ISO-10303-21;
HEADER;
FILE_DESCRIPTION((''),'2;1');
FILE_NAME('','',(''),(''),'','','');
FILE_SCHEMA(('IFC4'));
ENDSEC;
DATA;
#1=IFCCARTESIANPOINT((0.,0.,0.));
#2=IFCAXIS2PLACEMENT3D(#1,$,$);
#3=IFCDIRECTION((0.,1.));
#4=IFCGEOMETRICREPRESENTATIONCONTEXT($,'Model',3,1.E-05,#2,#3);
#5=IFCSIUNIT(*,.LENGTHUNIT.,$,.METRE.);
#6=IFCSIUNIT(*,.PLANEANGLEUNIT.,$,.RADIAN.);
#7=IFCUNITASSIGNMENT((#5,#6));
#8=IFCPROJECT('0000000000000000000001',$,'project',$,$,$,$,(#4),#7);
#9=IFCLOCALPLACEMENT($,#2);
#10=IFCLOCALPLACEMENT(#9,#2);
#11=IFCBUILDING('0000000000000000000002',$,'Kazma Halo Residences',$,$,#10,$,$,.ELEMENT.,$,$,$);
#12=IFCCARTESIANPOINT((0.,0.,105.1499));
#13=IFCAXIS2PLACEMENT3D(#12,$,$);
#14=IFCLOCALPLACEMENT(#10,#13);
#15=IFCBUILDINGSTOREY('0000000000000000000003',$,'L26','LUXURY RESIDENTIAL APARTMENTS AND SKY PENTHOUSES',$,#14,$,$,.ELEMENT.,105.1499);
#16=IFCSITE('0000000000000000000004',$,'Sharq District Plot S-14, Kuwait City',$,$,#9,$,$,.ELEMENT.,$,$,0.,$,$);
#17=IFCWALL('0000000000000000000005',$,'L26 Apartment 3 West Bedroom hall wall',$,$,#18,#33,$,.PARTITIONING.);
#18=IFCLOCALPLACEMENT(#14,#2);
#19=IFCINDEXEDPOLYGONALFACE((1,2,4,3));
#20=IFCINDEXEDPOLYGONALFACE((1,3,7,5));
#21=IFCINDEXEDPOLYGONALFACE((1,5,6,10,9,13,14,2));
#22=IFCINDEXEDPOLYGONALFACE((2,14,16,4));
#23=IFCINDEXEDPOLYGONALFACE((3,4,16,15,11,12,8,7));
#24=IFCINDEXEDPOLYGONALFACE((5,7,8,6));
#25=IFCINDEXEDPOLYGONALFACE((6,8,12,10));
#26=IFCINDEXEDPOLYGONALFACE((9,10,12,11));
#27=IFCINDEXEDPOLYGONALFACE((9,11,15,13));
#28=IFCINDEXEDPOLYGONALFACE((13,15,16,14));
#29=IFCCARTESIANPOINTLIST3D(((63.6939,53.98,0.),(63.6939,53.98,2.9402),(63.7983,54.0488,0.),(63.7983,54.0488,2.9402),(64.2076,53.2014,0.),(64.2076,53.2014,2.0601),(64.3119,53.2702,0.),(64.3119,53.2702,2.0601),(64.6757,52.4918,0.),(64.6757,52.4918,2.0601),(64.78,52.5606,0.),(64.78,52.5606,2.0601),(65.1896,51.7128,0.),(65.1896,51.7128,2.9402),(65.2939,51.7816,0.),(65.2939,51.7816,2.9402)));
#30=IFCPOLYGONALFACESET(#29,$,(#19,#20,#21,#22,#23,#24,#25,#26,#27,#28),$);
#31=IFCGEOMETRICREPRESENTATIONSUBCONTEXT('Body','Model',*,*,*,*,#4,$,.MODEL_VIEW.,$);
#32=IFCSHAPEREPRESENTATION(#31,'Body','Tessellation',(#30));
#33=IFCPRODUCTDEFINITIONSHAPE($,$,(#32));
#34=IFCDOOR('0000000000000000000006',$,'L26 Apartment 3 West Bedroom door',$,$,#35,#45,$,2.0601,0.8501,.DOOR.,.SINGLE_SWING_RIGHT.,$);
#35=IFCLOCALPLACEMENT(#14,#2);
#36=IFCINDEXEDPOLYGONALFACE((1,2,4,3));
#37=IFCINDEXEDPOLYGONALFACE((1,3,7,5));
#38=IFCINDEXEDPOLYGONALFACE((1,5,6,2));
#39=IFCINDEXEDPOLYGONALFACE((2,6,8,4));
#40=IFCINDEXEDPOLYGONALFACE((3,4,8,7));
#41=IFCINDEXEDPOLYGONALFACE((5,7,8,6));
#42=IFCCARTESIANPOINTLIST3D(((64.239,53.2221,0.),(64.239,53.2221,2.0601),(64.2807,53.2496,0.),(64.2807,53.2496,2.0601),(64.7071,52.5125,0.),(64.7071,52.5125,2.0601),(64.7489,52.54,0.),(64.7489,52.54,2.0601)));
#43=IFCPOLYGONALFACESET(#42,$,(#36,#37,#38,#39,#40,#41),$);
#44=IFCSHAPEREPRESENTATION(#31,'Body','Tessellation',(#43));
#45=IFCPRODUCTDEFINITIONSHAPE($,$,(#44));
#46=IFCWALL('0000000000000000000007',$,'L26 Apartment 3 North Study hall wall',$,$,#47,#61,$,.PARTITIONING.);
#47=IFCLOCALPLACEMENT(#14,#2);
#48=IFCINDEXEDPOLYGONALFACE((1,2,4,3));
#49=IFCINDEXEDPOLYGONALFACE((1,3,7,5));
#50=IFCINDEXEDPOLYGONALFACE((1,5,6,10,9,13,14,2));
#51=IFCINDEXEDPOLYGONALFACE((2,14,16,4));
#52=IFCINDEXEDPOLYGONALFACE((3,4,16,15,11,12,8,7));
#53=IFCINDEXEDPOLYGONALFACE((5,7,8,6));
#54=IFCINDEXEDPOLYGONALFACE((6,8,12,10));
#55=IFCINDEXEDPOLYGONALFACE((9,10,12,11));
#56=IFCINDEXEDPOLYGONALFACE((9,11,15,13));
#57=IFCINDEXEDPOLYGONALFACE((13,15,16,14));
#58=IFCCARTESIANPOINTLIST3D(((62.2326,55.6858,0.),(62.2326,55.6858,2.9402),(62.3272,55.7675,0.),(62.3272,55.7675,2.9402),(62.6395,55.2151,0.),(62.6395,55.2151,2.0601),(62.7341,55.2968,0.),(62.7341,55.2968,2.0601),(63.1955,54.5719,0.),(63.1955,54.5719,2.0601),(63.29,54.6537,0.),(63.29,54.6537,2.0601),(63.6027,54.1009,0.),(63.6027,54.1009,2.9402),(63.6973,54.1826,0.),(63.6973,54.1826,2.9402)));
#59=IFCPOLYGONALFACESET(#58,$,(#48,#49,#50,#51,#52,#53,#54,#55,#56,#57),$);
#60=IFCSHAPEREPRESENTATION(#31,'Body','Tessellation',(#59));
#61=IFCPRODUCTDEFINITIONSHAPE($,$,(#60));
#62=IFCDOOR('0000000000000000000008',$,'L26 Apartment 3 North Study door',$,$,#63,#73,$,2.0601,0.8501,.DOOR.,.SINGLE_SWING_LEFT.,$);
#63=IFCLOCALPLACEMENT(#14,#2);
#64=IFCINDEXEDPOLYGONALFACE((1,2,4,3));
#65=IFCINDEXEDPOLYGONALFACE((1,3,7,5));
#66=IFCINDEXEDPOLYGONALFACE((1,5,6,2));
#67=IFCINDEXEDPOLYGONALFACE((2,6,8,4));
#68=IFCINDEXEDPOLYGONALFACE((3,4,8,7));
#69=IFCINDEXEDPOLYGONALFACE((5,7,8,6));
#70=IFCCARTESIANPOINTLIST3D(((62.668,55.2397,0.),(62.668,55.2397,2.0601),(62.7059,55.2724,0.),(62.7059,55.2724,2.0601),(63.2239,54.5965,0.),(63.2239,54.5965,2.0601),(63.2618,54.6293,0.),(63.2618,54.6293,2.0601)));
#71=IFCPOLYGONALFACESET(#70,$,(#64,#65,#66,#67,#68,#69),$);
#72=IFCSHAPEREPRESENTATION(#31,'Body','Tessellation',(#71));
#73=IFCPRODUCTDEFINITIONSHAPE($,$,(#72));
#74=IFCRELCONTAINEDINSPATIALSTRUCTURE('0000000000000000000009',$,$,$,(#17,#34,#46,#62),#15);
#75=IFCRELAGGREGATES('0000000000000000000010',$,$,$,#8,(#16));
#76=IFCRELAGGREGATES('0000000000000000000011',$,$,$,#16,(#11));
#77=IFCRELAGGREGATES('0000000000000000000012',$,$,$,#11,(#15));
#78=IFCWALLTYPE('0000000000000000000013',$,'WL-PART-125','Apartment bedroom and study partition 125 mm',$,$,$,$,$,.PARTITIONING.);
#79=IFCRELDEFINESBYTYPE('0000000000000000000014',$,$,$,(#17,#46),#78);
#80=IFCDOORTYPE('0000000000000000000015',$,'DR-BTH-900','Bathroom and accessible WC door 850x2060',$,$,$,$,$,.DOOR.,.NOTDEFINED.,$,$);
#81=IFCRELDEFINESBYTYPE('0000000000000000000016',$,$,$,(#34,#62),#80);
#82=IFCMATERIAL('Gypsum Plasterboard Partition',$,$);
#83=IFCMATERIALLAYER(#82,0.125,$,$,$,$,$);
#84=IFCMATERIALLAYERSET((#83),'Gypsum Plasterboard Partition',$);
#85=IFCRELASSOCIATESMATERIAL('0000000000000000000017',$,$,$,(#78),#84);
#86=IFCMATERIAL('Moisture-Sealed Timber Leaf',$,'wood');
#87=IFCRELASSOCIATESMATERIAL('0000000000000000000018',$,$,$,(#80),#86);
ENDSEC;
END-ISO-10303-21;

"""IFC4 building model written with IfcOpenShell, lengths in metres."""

from ifc_helpers import new_model, si_unit, direction, frame, frame_2d, origin, place, context, subcontext, project, spatial, rectangle, extrude, material, layer, layer_set, type_object, element, fill, save


model = new_model("IFC4")

# Units and contexts
model_context = context("Model", 3, precision=1e-05, world=origin(), true_north=direction((0.0, 1.0)))
body_context = subcontext(model_context, "Body", "Model", "MODEL_VIEW")
ifc_project = project(units=[si_unit("LENGTHUNIT", "METRE"), si_unit("PLANEANGLEUNIT", "RADIAN")], contexts=[model_context])

# Site, building, storey
site_placement = place(None, origin())
site = spatial("IfcSite", under=ifc_project, at=site_placement, Name="Sharq District Plot S-14, Kuwait City", CompositionType="ELEMENT", RefElevation=0.0)
building_placement = place(site_placement, origin())
building = spatial("IfcBuilding", under=site, at=building_placement, Name="Kazma Halo Residences", CompositionType="ELEMENT")
storey_placement = place(building_placement, frame((0.0, 0.0, 105.1499)))
storey = spatial("IfcBuildingStorey", under=building, at=storey_placement, Name="L26", Description="LUXURY RESIDENTIAL APARTMENTS AND SKY PENTHOUSES", CompositionType="ELEMENT", Elevation=105.1499)

# Shared definitions
ifc_material_1 = material(Name="Gypsum Plasterboard Partition")
ifc_layer_1 = layer(ifc_material_1, 0.125)
ifc_layer_set_1 = layer_set([ifc_layer_1], Name="Gypsum Plasterboard Partition")
wall_type_1 = type_object("IfcWallType", Name="WL-PART-125", Description="Apartment bedroom and study partition 125 mm", PredefinedType="PARTITIONING", material=ifc_layer_set_1)

# Shared definitions
ifc_material_2 = material(Name="Moisture-Sealed Timber Leaf", Category="wood")
door_type = type_object("IfcDoorType", Name="DR-BTH-900", Description="Bathroom and accessible WC door 850x2060", OperationType="NOTDEFINED", PredefinedType="DOOR", material=ifc_material_2)

# Walls, openings, doors
wall_1_placement = place(storey_placement, frame((65.2417, 51.7473, 0.0), z_axis=(0.0, 0.0, 1.0), x_axis=(-0.550669, 0.834723, 0.0)))
wall_1 = element("IfcWall", 1, at=wall_1_placement, inside=storey, type_object=wall_type_1, Name="L26 Apartment 3 West Bedroom hall wall", PredefinedType="PARTITIONING", context=body_context, shape_type="SweptSolid", body=[
    extrude(rectangle(XDim=2.7161, YDim=0.125, at=frame_2d((1.3579, 0.0))), origin(), (0.0, 0.0, 1.0), 2.9402),
])
opening_1_placement = place(wall_1_placement, frame((0.9331, 0.0, 0.0)))
opening_1 = element("IfcOpeningElement", 2, at=opening_1_placement, cuts=wall_1, PredefinedType="OPENING", context=body_context, shape_type="SweptSolid", body=[
    extrude(rectangle(XDim=0.8501, YDim=2.0601, at=frame_2d((0.425, 1.03))), frame((0.0, 0.0725, 0.0), z_axis=(0.0, -1.0, 0.0), x_axis=(1.0, 0.0, 0.0)), (0.0, 0.0, 1.0), 0.145),
])
door_1_placement = place(opening_1_placement, origin())
door_1 = element("IfcDoor", 3, at=door_1_placement, inside=storey, type_object=door_type, Name="L26 Apartment 3 West Bedroom door", OperationType="SINGLE_SWING_RIGHT", OverallHeight=2.0601, OverallWidth=0.8501, PredefinedType="DOOR", context=body_context, shape_type="SweptSolid", body=[
    extrude(rectangle(XDim=0.8501, YDim=2.0601, at=frame_2d((0.425, 1.03))), frame((0.0, 0.0249, 0.0), z_axis=(0.0, -1.0, 0.0), x_axis=(1.0, 0.0, 0.0)), (0.0, 0.0, 1.0), 0.05),
])
fill(opening_1, door_1)
wall_2_placement = place(storey_placement, frame((63.6499, 54.1418, 0.0), z_axis=(0.0, 0.0, 1.0), x_axis=(-0.653972, 0.756519, 0.0)))
wall_2 = element("IfcWall", 4, at=wall_2_placement, inside=storey, type_object=wall_type_1, Name="L26 Apartment 3 North Study hall wall", PredefinedType="PARTITIONING", context=body_context, shape_type="SweptSolid", body=[
    extrude(rectangle(XDim=2.095, YDim=0.125, at=frame_2d((1.0474, 0.0))), origin(), (0.0, 0.0, 1.0), 2.9402),
])
opening_2_placement = place(wall_2_placement, frame((0.6226, 0.0, 0.0)))
opening_2 = element("IfcOpeningElement", 5, at=opening_2_placement, cuts=wall_2, PredefinedType="OPENING", context=body_context, shape_type="SweptSolid", body=[
    extrude(rectangle(XDim=0.8501, YDim=2.0601, at=frame_2d((0.425, 1.03))), frame((0.0, 0.0725, 0.0), z_axis=(0.0, -1.0, 0.0), x_axis=(1.0, 0.0, 0.0)), (0.0, 0.0, 1.0), 0.145),
])
door_2_placement = place(opening_2_placement, origin())
door_2 = element("IfcDoor", 6, at=door_2_placement, inside=storey, type_object=door_type, Name="L26 Apartment 3 North Study door", OperationType="SINGLE_SWING_LEFT", OverallHeight=2.0601, OverallWidth=0.8501, PredefinedType="DOOR", context=body_context, shape_type="SweptSolid", body=[
    extrude(rectangle(XDim=0.8501, YDim=2.0601, at=frame_2d((0.425, 1.03))), frame((0.0, 0.0249, 0.0), z_axis=(0.0, -1.0, 0.0), x_axis=(1.0, 0.0, 0.0)), (0.0, 0.0, 1.0), 0.05),
])
fill(opening_2, door_2)

save(model, "model.ifc")
